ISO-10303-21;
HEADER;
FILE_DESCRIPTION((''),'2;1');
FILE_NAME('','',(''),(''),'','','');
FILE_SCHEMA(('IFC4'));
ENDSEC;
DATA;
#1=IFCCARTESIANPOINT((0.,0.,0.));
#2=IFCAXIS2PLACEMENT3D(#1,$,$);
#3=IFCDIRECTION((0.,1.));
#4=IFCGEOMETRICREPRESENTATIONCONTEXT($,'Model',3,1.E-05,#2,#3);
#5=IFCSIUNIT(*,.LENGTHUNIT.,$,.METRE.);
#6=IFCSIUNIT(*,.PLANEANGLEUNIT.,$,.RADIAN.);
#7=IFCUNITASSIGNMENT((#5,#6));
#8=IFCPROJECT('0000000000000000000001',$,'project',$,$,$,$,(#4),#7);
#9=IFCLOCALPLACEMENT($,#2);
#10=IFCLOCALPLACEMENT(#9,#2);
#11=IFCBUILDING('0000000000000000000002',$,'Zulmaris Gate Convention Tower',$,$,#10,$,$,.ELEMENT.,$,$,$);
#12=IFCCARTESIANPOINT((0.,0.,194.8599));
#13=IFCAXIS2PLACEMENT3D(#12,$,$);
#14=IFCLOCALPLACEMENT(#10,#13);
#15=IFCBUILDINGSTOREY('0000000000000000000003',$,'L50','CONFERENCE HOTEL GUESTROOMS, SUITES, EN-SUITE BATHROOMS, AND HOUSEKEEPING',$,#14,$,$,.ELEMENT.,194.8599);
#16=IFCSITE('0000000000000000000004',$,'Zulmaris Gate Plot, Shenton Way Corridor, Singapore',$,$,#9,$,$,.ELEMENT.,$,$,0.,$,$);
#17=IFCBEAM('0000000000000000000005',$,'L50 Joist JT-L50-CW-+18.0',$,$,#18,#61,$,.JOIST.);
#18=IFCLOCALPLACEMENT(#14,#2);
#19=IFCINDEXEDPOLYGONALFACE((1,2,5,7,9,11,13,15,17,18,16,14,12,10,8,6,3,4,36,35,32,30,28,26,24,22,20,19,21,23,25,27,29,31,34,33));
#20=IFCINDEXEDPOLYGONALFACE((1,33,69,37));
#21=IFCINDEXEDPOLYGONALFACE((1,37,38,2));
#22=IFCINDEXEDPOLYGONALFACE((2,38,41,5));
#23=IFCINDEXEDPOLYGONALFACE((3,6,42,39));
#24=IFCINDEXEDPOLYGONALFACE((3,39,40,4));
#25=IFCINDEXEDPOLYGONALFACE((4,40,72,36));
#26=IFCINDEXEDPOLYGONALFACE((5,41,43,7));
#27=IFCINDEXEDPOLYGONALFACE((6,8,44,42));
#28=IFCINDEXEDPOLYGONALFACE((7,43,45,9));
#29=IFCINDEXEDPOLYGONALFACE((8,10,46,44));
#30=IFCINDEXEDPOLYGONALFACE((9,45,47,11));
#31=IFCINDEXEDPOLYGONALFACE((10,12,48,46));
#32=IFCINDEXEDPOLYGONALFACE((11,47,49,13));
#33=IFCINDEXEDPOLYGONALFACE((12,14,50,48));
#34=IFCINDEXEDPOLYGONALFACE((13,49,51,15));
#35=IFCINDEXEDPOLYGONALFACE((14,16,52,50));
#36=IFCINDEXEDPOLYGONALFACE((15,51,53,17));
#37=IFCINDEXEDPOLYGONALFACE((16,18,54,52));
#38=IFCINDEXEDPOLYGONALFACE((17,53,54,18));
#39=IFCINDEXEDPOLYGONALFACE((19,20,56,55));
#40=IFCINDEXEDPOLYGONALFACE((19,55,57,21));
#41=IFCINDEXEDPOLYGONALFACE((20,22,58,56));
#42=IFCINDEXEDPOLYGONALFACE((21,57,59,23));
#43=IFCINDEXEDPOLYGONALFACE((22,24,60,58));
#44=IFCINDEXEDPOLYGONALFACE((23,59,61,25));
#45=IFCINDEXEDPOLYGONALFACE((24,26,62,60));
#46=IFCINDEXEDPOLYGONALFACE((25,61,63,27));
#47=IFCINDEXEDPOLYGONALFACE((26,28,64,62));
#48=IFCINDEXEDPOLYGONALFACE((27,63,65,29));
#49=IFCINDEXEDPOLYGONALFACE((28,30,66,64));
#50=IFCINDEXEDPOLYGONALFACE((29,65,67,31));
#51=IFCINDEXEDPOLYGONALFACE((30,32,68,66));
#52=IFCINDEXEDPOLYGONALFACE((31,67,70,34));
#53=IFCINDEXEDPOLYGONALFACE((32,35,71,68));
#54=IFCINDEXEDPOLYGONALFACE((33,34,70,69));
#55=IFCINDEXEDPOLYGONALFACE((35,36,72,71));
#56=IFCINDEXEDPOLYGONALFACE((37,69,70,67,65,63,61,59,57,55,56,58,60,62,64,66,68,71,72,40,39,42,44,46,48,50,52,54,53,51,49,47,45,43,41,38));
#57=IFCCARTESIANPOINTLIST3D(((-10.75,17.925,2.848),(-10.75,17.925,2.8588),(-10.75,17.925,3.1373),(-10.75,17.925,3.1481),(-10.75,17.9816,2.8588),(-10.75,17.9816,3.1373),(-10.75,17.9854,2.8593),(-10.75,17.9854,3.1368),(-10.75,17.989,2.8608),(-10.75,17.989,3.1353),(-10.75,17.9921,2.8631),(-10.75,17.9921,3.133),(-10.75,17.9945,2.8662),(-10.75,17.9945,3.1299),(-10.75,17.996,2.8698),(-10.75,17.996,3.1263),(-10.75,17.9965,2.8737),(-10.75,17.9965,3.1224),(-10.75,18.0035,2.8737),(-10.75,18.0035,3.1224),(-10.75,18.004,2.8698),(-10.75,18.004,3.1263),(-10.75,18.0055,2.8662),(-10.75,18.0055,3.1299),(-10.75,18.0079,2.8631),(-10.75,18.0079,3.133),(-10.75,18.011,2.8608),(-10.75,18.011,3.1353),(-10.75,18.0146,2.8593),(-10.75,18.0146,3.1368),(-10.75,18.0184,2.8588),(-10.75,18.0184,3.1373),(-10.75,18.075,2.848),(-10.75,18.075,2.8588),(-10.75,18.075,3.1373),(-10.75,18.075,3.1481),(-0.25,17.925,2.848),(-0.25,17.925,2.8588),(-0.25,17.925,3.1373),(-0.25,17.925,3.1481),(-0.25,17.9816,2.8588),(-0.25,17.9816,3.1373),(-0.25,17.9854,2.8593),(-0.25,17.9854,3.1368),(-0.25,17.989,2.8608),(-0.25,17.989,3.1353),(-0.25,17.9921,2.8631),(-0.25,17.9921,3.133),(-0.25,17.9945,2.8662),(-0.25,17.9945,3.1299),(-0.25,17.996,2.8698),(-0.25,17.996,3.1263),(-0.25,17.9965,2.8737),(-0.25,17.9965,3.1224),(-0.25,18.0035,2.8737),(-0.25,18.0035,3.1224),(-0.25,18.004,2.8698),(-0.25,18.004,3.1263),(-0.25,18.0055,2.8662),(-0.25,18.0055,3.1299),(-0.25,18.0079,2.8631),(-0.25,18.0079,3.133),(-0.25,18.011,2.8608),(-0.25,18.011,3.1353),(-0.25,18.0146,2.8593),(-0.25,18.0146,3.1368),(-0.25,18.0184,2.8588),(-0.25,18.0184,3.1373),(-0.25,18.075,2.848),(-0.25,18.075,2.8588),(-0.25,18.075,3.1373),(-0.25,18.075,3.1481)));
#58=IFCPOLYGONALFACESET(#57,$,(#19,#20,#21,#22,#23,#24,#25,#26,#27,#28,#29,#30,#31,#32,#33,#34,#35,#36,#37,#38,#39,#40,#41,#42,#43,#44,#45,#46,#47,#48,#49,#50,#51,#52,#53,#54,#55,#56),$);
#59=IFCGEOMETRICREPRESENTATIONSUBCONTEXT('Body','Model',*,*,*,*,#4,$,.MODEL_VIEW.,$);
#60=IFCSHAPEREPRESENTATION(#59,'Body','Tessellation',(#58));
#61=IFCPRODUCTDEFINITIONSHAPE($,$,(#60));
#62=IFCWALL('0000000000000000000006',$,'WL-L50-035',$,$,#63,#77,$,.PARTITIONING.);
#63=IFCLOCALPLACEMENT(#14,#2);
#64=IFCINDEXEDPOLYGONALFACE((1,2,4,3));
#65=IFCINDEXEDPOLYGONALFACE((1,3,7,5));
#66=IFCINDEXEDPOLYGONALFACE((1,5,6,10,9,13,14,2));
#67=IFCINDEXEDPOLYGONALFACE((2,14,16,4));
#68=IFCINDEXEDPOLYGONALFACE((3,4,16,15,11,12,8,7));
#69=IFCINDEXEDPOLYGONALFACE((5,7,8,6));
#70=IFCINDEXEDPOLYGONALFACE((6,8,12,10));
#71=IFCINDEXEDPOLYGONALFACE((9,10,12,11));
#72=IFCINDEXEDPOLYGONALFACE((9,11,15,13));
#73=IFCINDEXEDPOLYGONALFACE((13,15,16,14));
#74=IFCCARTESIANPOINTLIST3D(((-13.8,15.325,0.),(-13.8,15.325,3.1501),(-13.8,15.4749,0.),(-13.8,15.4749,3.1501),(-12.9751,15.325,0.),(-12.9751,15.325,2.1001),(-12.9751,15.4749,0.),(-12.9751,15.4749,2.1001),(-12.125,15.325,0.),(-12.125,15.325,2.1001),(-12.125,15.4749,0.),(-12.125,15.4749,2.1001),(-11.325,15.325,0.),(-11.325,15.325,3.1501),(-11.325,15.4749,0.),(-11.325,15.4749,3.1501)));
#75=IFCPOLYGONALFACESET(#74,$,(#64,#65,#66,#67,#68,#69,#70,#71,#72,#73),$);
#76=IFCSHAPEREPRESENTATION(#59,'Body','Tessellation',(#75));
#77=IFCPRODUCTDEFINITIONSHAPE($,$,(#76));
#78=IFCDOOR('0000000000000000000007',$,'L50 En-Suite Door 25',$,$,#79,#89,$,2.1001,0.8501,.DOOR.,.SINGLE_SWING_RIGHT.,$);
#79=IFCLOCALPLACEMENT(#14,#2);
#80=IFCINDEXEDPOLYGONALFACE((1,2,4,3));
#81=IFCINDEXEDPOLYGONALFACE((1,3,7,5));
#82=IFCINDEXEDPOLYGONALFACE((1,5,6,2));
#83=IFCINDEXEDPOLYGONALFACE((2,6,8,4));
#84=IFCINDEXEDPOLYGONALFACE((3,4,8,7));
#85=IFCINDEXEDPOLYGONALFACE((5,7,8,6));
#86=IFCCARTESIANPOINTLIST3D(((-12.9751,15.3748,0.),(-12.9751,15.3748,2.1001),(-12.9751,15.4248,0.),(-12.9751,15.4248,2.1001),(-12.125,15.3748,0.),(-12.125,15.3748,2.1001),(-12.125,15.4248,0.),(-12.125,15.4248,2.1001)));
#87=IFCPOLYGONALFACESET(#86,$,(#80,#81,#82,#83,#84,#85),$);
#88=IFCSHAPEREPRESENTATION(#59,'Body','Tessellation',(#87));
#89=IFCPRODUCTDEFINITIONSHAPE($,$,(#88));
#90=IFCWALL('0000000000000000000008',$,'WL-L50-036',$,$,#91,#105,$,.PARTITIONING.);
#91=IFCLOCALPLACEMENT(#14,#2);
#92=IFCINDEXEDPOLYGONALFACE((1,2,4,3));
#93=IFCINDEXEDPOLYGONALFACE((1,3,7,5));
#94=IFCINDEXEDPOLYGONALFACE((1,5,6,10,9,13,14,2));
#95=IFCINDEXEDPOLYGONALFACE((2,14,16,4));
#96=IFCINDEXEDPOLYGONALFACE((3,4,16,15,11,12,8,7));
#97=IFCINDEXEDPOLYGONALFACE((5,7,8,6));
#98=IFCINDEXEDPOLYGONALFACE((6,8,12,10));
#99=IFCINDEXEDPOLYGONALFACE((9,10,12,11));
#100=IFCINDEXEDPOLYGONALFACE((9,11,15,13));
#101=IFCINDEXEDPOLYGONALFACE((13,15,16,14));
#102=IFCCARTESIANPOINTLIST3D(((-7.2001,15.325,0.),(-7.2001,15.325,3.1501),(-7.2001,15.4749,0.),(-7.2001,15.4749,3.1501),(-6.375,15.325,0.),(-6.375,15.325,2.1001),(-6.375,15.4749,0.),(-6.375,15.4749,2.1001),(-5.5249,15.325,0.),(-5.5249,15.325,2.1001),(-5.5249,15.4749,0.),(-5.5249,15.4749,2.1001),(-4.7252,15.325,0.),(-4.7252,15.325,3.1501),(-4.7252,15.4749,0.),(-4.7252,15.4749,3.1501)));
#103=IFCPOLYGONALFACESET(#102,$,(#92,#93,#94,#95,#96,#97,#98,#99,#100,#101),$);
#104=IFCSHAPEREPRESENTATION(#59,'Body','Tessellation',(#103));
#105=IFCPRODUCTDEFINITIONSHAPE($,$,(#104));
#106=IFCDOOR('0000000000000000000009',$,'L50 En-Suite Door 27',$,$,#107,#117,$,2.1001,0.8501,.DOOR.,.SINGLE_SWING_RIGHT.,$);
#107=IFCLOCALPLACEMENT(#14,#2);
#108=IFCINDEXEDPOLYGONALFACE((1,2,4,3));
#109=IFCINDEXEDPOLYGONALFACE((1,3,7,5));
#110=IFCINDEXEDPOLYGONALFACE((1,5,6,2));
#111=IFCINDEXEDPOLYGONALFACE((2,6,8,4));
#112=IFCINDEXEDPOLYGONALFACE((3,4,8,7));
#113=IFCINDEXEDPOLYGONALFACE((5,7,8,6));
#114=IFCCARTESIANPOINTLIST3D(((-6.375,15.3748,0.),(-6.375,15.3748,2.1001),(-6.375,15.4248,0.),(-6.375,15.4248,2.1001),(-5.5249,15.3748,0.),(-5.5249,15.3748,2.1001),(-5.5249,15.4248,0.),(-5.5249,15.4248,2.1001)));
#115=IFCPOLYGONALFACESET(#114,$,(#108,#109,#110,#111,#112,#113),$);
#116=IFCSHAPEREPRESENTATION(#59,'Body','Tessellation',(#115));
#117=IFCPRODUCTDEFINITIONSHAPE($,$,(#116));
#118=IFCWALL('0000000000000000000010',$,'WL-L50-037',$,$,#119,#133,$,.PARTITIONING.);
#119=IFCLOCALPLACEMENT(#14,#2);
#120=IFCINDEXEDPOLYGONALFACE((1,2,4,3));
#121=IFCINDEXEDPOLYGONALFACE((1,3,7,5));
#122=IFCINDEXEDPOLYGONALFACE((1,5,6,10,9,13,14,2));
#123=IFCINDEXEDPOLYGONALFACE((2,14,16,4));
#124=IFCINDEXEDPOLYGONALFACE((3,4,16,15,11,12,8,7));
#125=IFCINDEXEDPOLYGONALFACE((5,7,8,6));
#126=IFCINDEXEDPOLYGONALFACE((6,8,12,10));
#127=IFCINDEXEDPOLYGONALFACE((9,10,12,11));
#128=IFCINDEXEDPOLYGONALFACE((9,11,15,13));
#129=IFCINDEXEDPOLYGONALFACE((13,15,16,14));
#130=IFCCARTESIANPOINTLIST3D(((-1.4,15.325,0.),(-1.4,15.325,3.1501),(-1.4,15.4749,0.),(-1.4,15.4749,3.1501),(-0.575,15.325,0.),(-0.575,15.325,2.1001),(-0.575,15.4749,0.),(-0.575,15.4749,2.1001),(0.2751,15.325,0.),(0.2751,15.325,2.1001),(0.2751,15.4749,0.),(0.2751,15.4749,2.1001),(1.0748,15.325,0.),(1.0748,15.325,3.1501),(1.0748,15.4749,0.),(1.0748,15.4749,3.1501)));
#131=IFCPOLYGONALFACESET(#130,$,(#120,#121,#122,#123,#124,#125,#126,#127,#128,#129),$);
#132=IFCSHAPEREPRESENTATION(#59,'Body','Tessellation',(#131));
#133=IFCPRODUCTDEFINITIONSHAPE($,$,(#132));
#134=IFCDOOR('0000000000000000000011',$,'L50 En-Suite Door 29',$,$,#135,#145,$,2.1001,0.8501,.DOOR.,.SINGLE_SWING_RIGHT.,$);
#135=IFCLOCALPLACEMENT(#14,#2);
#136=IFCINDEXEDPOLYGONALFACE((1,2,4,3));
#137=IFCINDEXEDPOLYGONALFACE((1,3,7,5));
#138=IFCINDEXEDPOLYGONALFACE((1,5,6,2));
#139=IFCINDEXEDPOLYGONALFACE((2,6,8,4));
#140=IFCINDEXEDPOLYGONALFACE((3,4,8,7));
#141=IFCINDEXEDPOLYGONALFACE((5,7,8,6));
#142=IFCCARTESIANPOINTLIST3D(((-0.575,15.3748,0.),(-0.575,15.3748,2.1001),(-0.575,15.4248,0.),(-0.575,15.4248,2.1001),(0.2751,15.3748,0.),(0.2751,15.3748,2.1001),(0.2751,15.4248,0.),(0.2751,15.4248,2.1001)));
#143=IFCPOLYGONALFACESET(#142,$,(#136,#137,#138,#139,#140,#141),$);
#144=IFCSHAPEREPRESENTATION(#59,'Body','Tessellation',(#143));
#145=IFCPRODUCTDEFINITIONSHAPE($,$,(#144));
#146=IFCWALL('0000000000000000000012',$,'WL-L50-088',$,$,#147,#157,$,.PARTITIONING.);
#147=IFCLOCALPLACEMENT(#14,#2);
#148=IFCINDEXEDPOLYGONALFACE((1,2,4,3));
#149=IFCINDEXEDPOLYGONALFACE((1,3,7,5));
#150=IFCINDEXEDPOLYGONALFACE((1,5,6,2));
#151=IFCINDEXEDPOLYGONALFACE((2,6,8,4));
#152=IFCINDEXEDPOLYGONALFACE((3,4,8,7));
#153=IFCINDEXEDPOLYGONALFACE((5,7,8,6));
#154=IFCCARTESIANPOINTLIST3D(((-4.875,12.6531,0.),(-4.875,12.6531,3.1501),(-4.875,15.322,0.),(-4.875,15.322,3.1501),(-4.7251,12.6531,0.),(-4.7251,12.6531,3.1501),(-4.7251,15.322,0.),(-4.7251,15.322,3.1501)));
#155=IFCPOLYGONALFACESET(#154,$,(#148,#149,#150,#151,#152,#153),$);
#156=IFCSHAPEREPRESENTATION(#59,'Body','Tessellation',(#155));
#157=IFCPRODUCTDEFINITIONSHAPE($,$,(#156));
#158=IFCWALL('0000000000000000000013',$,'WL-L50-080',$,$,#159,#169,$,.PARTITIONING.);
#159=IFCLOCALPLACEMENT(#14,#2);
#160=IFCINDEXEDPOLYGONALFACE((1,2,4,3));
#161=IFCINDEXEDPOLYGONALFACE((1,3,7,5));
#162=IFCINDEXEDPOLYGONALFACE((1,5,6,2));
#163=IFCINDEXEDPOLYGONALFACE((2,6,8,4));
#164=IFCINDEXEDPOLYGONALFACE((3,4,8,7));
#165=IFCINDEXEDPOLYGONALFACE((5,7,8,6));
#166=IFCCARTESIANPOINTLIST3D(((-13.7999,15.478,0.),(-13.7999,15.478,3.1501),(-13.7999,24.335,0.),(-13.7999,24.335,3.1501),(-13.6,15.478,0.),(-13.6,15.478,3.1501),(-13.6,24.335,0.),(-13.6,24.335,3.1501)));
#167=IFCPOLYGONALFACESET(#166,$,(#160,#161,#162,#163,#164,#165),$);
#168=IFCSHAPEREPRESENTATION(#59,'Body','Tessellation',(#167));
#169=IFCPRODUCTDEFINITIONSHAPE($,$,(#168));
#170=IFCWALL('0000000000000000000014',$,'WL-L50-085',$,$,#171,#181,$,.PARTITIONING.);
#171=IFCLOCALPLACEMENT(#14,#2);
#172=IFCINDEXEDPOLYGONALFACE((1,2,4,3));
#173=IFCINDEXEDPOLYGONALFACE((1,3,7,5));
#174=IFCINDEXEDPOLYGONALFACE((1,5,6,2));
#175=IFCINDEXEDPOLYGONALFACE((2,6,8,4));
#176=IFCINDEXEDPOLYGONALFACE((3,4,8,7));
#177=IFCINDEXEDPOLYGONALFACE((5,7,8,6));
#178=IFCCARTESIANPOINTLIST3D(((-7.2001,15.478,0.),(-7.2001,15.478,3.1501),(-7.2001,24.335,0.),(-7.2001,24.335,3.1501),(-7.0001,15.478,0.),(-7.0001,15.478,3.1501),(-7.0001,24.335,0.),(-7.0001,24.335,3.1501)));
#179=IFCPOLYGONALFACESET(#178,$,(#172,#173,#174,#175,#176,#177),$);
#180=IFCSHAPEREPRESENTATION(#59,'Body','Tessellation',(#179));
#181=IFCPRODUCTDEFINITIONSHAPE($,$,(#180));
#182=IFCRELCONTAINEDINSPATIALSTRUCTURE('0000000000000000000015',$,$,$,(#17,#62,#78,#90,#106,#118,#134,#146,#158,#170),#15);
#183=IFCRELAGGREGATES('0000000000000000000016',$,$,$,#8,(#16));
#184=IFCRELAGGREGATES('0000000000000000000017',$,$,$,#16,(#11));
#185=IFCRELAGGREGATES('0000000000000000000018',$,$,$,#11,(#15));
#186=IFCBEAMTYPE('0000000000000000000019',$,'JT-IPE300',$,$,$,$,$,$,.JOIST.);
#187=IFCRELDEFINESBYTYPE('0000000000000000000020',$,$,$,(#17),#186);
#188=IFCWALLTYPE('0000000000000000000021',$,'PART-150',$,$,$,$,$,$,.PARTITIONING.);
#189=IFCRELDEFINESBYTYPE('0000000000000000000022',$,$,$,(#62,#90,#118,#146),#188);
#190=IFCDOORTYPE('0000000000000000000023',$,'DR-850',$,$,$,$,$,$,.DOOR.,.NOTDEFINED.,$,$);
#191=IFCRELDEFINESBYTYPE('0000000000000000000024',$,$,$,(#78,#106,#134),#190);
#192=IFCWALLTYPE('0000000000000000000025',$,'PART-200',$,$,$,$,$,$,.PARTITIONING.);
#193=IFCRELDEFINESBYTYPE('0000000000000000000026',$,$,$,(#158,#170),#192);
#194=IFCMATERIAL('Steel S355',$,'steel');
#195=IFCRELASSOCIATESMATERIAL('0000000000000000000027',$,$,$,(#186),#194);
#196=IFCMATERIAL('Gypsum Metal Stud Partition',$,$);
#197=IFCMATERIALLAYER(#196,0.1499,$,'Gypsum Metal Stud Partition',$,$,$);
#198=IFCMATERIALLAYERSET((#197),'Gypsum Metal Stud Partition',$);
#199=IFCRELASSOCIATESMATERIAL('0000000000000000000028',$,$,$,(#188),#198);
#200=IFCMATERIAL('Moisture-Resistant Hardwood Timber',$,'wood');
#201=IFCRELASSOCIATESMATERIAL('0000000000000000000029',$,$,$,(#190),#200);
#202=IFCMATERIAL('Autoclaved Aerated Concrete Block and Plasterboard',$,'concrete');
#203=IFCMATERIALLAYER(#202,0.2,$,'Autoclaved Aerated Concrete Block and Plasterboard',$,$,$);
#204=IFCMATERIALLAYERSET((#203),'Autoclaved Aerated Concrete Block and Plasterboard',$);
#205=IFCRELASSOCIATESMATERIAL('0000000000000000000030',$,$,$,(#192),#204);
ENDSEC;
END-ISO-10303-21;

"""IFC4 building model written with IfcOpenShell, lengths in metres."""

from ifc_helpers import new_model, si_unit, direction, frame, frame_2d, origin, origin_2d, place, context, subcontext, project, spatial, rectangle, i_section, extrude, material, layer, layer_set, material_profile, profile_set, type_object, element, fill, save


model = new_model("IFC4")

# Units and contexts
model_context = context("Model", 3, precision=1e-05, world=origin(), true_north=direction((0.0, 1.0)))
body_context = subcontext(model_context, "Body", "Model", "MODEL_VIEW")
ifc_project = project(units=[si_unit("LENGTHUNIT", "METRE"), si_unit("PLANEANGLEUNIT", "RADIAN")], contexts=[model_context])

# Site, building, storey
site_placement = place(None, origin())
site = spatial("IfcSite", under=ifc_project, at=site_placement, Name="Zulmaris Gate Plot, Shenton Way Corridor, Singapore", CompositionType="ELEMENT", RefElevation=0.0)
building_placement = place(site_placement, origin())
building = spatial("IfcBuilding", under=site, at=building_placement, Name="Zulmaris Gate Convention Tower", CompositionType="ELEMENT")
storey_placement = place(building_placement, frame((0.0, 0.0, 194.8599)))
storey = spatial("IfcBuildingStorey", under=building, at=storey_placement, Name="L50", Description="CONFERENCE HOTEL GUESTROOMS, SUITES, EN-SUITE BATHROOMS, AND HOUSEKEEPING", CompositionType="ELEMENT", Elevation=194.8599)

# Beam
ifc_material_1 = material(Name="Steel S355", Category="steel")
ifc_material_profile_1 = material_profile(ifc_material_1, i_section(OverallWidth=0.1499, OverallDepth=0.3, WebThickness=0.0071, FlangeThickness=0.0107, FilletRadius=0.0149, at=origin_2d()), Name="IPE 300")
ifc_profile_set_1 = profile_set([ifc_material_profile_1], Name="Steel S355")
beam_type_1 = type_object("IfcBeamType", Name="JT-IPE300", PredefinedType="JOIST", material=ifc_profile_set_1)
for number, where, z_axis, x_axis, name in (
    (1, (-10.75, 18.0, 2.998), (1.0, 0.0, 0.0), (0.0, 1.0, 0.0), "L50 Joist JT-L50-CW-+18.0"),
):
    element("IfcBeam", number, at=place(storey_placement, frame(where, z_axis=z_axis, x_axis=x_axis)), inside=storey, type_object=beam_type_1, Name=name, PredefinedType="JOIST", context=body_context, shape_type="SweptSolid", body=[
        extrude(i_section(OverallWidth=0.1499, OverallDepth=0.3, WebThickness=0.0071, FlangeThickness=0.0107, FilletRadius=0.0149, at=origin_2d()), origin(), (0.0, 0.0, 1.0), 10.5),
    ])

# Walls, openings, doors
ifc_material_2 = material(Name="Gypsum Metal Stud Partition")
ifc_layer_1 = layer(ifc_material_2, 0.1499, Name="Gypsum Metal Stud Partition")
ifc_layer_set_1 = layer_set([ifc_layer_1], Name="Gypsum Metal Stud Partition")
wall_type_1 = type_object("IfcWallType", Name="PART-150", PredefinedType="PARTITIONING", material=ifc_layer_set_1)
wall_1_placement = place(storey_placement, frame((-13.8, 15.3999, 0.0), z_axis=(0.0, 0.0, 1.0), x_axis=(1.0, 0.0, 0.0)))
wall_1 = element("IfcWall", 2, at=wall_1_placement, inside=storey, type_object=wall_type_1, Name="WL-L50-035", PredefinedType="PARTITIONING", context=body_context, shape_type="SweptSolid", body=[
    extrude(rectangle(XDim=2.4751, YDim=0.1499, at=frame_2d((1.2375, 0.0))), origin(), (0.0, 0.0, 1.0), 3.1501),
])
opening_1_placement = place(wall_1_placement, frame((0.825, 0.0, 0.0)))
opening_1 = element("IfcOpeningElement", 3, at=opening_1_placement, cuts=wall_1, PredefinedType="OPENING", context=body_context, shape_type="SweptSolid", body=[
    extrude(rectangle(XDim=0.8501, YDim=2.1001, at=frame_2d((0.425, 1.05))), frame((0.0, 0.085, 0.0), z_axis=(0.0, -1.0, 0.0), x_axis=(1.0, 0.0, 0.0)), (0.0, 0.0, 1.0), 0.1699),
])
ifc_material_3 = material(Name="Moisture-Resistant Hardwood Timber", Category="wood")
door_type_1 = type_object("IfcDoorType", Name="DR-850", OperationType="NOTDEFINED", PredefinedType="DOOR", material=ifc_material_3)
door_1_placement = place(opening_1_placement, origin())
door_1 = element("IfcDoor", 4, at=door_1_placement, inside=storey, type_object=door_type_1, Name="L50 En-Suite Door 25", OperationType="SINGLE_SWING_RIGHT", OverallHeight=2.1001, OverallWidth=0.8501, PredefinedType="DOOR", context=body_context, shape_type="SweptSolid", body=[
    extrude(rectangle(XDim=0.8501, YDim=2.1001, at=frame_2d((0.425, 1.05))), frame((0.0, 0.0249, 0.0), z_axis=(0.0, -1.0, 0.0), x_axis=(1.0, 0.0, 0.0)), (0.0, 0.0, 1.0), 0.05),
])
fill(opening_1, door_1)
wall_2_placement = place(storey_placement, frame((-7.2, 15.3999, 0.0), z_axis=(0.0, 0.0, 1.0), x_axis=(1.0, 0.0, 0.0)))
wall_2 = element("IfcWall", 5, at=wall_2_placement, inside=storey, type_object=wall_type_1, Name="WL-L50-036", PredefinedType="PARTITIONING", context=body_context, shape_type="SweptSolid", body=[
    extrude(rectangle(XDim=2.4749, YDim=0.1499, at=frame_2d((1.2373, 0.0))), origin(), (0.0, 0.0, 1.0), 3.1501),
])
opening_2_placement = place(wall_2_placement, frame((0.825, 0.0, 0.0)))
opening_2 = element("IfcOpeningElement", 6, at=opening_2_placement, cuts=wall_2, PredefinedType="OPENING", context=body_context, shape_type="SweptSolid", body=[
    extrude(rectangle(XDim=0.8501, YDim=2.1001, at=frame_2d((0.425, 1.05))), frame((0.0, 0.085, 0.0), z_axis=(0.0, -1.0, 0.0), x_axis=(1.0, 0.0, 0.0)), (0.0, 0.0, 1.0), 0.1699),
])
door_2_placement = place(opening_2_placement, origin())
door_2 = element("IfcDoor", 7, at=door_2_placement, inside=storey, type_object=door_type_1, Name="L50 En-Suite Door 27", OperationType="SINGLE_SWING_RIGHT", OverallHeight=2.1001, OverallWidth=0.8501, PredefinedType="DOOR", context=body_context, shape_type="SweptSolid", body=[
    extrude(rectangle(XDim=0.8501, YDim=2.1001, at=frame_2d((0.425, 1.05))), frame((0.0, 0.0249, 0.0), z_axis=(0.0, -1.0, 0.0), x_axis=(1.0, 0.0, 0.0)), (0.0, 0.0, 1.0), 0.05),
])
fill(opening_2, door_2)
wall_3_placement = place(storey_placement, frame((-1.3999, 15.3999, 0.0), z_axis=(0.0, 0.0, 1.0), x_axis=(1.0, 0.0, 0.0)))
wall_3 = element("IfcWall", 8, at=wall_3_placement, inside=storey, type_object=wall_type_1, Name="WL-L50-037", PredefinedType="PARTITIONING", context=body_context, shape_type="SweptSolid", body=[
    extrude(rectangle(XDim=2.4749, YDim=0.1499, at=frame_2d((1.2373, 0.0))), origin(), (0.0, 0.0, 1.0), 3.1501),
])
opening_3_placement = place(wall_3_placement, frame((0.825, 0.0, 0.0)))
opening_3 = element("IfcOpeningElement", 9, at=opening_3_placement, cuts=wall_3, PredefinedType="OPENING", context=body_context, shape_type="SweptSolid", body=[
    extrude(rectangle(XDim=0.8501, YDim=2.1001, at=frame_2d((0.425, 1.05))), frame((0.0, 0.085, 0.0), z_axis=(0.0, -1.0, 0.0), x_axis=(1.0, 0.0, 0.0)), (0.0, 0.0, 1.0), 0.1699),
])
door_3_placement = place(opening_3_placement, origin())
door_3 = element("IfcDoor", 10, at=door_3_placement, inside=storey, type_object=door_type_1, Name="L50 En-Suite Door 29", OperationType="SINGLE_SWING_RIGHT", OverallHeight=2.1001, OverallWidth=0.8501, PredefinedType="DOOR", context=body_context, shape_type="SweptSolid", body=[
    extrude(rectangle(XDim=0.8501, YDim=2.1001, at=frame_2d((0.425, 1.05))), frame((0.0, 0.0249, 0.0), z_axis=(0.0, -1.0, 0.0), x_axis=(1.0, 0.0, 0.0)), (0.0, 0.0, 1.0), 0.05),
])
fill(opening_3, door_3)

# Walls
wall_4_placement = place(storey_placement, frame((-4.8, 12.6531, 0.0), z_axis=(0.0, 0.0, 1.0), x_axis=(0.0, 1.0, 0.0)))
element("IfcWall", 11, at=wall_4_placement, inside=storey, type_object=wall_type_1, Name="WL-L50-088", PredefinedType="PARTITIONING", context=body_context, shape_type="SweptSolid", body=[
    extrude(rectangle(XDim=2.6689, YDim=0.1499, at=frame_2d((1.3345, 0.0))), origin(), (0.0, 0.0, 1.0), 3.1501),
])
ifc_material_4 = material(Name="Autoclaved Aerated Concrete Block and Plasterboard", Category="concrete")
ifc_layer_2 = layer(ifc_material_4, 0.2, Name="Autoclaved Aerated Concrete Block and Plasterboard")
ifc_layer_set_2 = layer_set([ifc_layer_2], Name="Autoclaved Aerated Concrete Block and Plasterboard")
wall_type_2 = type_object("IfcWallType", Name="PART-200", PredefinedType="PARTITIONING", material=ifc_layer_set_2)
for number, where, z_axis, x_axis, name in (
    (12, (-13.7, 15.478, 0.0), (0.0, 0.0, 1.0), (0.0, 1.0, 0.0), "WL-L50-080"),
    (13, (-7.1001, 15.478, 0.0), (0.0, 0.0, 1.0), (0.0, 1.0, 0.0), "WL-L50-085"),
):
    element("IfcWall", number, at=place(storey_placement, frame(where, z_axis=z_axis, x_axis=x_axis)), inside=storey, type_object=wall_type_2, Name=name, PredefinedType="PARTITIONING", context=body_context, shape_type="SweptSolid", body=[
        extrude(rectangle(XDim=8.8569, YDim=0.2, at=frame_2d((4.4285, 0.0))), origin(), (0.0, 0.0, 1.0), 3.1501),
    ])

save(model, "model.ifc")
